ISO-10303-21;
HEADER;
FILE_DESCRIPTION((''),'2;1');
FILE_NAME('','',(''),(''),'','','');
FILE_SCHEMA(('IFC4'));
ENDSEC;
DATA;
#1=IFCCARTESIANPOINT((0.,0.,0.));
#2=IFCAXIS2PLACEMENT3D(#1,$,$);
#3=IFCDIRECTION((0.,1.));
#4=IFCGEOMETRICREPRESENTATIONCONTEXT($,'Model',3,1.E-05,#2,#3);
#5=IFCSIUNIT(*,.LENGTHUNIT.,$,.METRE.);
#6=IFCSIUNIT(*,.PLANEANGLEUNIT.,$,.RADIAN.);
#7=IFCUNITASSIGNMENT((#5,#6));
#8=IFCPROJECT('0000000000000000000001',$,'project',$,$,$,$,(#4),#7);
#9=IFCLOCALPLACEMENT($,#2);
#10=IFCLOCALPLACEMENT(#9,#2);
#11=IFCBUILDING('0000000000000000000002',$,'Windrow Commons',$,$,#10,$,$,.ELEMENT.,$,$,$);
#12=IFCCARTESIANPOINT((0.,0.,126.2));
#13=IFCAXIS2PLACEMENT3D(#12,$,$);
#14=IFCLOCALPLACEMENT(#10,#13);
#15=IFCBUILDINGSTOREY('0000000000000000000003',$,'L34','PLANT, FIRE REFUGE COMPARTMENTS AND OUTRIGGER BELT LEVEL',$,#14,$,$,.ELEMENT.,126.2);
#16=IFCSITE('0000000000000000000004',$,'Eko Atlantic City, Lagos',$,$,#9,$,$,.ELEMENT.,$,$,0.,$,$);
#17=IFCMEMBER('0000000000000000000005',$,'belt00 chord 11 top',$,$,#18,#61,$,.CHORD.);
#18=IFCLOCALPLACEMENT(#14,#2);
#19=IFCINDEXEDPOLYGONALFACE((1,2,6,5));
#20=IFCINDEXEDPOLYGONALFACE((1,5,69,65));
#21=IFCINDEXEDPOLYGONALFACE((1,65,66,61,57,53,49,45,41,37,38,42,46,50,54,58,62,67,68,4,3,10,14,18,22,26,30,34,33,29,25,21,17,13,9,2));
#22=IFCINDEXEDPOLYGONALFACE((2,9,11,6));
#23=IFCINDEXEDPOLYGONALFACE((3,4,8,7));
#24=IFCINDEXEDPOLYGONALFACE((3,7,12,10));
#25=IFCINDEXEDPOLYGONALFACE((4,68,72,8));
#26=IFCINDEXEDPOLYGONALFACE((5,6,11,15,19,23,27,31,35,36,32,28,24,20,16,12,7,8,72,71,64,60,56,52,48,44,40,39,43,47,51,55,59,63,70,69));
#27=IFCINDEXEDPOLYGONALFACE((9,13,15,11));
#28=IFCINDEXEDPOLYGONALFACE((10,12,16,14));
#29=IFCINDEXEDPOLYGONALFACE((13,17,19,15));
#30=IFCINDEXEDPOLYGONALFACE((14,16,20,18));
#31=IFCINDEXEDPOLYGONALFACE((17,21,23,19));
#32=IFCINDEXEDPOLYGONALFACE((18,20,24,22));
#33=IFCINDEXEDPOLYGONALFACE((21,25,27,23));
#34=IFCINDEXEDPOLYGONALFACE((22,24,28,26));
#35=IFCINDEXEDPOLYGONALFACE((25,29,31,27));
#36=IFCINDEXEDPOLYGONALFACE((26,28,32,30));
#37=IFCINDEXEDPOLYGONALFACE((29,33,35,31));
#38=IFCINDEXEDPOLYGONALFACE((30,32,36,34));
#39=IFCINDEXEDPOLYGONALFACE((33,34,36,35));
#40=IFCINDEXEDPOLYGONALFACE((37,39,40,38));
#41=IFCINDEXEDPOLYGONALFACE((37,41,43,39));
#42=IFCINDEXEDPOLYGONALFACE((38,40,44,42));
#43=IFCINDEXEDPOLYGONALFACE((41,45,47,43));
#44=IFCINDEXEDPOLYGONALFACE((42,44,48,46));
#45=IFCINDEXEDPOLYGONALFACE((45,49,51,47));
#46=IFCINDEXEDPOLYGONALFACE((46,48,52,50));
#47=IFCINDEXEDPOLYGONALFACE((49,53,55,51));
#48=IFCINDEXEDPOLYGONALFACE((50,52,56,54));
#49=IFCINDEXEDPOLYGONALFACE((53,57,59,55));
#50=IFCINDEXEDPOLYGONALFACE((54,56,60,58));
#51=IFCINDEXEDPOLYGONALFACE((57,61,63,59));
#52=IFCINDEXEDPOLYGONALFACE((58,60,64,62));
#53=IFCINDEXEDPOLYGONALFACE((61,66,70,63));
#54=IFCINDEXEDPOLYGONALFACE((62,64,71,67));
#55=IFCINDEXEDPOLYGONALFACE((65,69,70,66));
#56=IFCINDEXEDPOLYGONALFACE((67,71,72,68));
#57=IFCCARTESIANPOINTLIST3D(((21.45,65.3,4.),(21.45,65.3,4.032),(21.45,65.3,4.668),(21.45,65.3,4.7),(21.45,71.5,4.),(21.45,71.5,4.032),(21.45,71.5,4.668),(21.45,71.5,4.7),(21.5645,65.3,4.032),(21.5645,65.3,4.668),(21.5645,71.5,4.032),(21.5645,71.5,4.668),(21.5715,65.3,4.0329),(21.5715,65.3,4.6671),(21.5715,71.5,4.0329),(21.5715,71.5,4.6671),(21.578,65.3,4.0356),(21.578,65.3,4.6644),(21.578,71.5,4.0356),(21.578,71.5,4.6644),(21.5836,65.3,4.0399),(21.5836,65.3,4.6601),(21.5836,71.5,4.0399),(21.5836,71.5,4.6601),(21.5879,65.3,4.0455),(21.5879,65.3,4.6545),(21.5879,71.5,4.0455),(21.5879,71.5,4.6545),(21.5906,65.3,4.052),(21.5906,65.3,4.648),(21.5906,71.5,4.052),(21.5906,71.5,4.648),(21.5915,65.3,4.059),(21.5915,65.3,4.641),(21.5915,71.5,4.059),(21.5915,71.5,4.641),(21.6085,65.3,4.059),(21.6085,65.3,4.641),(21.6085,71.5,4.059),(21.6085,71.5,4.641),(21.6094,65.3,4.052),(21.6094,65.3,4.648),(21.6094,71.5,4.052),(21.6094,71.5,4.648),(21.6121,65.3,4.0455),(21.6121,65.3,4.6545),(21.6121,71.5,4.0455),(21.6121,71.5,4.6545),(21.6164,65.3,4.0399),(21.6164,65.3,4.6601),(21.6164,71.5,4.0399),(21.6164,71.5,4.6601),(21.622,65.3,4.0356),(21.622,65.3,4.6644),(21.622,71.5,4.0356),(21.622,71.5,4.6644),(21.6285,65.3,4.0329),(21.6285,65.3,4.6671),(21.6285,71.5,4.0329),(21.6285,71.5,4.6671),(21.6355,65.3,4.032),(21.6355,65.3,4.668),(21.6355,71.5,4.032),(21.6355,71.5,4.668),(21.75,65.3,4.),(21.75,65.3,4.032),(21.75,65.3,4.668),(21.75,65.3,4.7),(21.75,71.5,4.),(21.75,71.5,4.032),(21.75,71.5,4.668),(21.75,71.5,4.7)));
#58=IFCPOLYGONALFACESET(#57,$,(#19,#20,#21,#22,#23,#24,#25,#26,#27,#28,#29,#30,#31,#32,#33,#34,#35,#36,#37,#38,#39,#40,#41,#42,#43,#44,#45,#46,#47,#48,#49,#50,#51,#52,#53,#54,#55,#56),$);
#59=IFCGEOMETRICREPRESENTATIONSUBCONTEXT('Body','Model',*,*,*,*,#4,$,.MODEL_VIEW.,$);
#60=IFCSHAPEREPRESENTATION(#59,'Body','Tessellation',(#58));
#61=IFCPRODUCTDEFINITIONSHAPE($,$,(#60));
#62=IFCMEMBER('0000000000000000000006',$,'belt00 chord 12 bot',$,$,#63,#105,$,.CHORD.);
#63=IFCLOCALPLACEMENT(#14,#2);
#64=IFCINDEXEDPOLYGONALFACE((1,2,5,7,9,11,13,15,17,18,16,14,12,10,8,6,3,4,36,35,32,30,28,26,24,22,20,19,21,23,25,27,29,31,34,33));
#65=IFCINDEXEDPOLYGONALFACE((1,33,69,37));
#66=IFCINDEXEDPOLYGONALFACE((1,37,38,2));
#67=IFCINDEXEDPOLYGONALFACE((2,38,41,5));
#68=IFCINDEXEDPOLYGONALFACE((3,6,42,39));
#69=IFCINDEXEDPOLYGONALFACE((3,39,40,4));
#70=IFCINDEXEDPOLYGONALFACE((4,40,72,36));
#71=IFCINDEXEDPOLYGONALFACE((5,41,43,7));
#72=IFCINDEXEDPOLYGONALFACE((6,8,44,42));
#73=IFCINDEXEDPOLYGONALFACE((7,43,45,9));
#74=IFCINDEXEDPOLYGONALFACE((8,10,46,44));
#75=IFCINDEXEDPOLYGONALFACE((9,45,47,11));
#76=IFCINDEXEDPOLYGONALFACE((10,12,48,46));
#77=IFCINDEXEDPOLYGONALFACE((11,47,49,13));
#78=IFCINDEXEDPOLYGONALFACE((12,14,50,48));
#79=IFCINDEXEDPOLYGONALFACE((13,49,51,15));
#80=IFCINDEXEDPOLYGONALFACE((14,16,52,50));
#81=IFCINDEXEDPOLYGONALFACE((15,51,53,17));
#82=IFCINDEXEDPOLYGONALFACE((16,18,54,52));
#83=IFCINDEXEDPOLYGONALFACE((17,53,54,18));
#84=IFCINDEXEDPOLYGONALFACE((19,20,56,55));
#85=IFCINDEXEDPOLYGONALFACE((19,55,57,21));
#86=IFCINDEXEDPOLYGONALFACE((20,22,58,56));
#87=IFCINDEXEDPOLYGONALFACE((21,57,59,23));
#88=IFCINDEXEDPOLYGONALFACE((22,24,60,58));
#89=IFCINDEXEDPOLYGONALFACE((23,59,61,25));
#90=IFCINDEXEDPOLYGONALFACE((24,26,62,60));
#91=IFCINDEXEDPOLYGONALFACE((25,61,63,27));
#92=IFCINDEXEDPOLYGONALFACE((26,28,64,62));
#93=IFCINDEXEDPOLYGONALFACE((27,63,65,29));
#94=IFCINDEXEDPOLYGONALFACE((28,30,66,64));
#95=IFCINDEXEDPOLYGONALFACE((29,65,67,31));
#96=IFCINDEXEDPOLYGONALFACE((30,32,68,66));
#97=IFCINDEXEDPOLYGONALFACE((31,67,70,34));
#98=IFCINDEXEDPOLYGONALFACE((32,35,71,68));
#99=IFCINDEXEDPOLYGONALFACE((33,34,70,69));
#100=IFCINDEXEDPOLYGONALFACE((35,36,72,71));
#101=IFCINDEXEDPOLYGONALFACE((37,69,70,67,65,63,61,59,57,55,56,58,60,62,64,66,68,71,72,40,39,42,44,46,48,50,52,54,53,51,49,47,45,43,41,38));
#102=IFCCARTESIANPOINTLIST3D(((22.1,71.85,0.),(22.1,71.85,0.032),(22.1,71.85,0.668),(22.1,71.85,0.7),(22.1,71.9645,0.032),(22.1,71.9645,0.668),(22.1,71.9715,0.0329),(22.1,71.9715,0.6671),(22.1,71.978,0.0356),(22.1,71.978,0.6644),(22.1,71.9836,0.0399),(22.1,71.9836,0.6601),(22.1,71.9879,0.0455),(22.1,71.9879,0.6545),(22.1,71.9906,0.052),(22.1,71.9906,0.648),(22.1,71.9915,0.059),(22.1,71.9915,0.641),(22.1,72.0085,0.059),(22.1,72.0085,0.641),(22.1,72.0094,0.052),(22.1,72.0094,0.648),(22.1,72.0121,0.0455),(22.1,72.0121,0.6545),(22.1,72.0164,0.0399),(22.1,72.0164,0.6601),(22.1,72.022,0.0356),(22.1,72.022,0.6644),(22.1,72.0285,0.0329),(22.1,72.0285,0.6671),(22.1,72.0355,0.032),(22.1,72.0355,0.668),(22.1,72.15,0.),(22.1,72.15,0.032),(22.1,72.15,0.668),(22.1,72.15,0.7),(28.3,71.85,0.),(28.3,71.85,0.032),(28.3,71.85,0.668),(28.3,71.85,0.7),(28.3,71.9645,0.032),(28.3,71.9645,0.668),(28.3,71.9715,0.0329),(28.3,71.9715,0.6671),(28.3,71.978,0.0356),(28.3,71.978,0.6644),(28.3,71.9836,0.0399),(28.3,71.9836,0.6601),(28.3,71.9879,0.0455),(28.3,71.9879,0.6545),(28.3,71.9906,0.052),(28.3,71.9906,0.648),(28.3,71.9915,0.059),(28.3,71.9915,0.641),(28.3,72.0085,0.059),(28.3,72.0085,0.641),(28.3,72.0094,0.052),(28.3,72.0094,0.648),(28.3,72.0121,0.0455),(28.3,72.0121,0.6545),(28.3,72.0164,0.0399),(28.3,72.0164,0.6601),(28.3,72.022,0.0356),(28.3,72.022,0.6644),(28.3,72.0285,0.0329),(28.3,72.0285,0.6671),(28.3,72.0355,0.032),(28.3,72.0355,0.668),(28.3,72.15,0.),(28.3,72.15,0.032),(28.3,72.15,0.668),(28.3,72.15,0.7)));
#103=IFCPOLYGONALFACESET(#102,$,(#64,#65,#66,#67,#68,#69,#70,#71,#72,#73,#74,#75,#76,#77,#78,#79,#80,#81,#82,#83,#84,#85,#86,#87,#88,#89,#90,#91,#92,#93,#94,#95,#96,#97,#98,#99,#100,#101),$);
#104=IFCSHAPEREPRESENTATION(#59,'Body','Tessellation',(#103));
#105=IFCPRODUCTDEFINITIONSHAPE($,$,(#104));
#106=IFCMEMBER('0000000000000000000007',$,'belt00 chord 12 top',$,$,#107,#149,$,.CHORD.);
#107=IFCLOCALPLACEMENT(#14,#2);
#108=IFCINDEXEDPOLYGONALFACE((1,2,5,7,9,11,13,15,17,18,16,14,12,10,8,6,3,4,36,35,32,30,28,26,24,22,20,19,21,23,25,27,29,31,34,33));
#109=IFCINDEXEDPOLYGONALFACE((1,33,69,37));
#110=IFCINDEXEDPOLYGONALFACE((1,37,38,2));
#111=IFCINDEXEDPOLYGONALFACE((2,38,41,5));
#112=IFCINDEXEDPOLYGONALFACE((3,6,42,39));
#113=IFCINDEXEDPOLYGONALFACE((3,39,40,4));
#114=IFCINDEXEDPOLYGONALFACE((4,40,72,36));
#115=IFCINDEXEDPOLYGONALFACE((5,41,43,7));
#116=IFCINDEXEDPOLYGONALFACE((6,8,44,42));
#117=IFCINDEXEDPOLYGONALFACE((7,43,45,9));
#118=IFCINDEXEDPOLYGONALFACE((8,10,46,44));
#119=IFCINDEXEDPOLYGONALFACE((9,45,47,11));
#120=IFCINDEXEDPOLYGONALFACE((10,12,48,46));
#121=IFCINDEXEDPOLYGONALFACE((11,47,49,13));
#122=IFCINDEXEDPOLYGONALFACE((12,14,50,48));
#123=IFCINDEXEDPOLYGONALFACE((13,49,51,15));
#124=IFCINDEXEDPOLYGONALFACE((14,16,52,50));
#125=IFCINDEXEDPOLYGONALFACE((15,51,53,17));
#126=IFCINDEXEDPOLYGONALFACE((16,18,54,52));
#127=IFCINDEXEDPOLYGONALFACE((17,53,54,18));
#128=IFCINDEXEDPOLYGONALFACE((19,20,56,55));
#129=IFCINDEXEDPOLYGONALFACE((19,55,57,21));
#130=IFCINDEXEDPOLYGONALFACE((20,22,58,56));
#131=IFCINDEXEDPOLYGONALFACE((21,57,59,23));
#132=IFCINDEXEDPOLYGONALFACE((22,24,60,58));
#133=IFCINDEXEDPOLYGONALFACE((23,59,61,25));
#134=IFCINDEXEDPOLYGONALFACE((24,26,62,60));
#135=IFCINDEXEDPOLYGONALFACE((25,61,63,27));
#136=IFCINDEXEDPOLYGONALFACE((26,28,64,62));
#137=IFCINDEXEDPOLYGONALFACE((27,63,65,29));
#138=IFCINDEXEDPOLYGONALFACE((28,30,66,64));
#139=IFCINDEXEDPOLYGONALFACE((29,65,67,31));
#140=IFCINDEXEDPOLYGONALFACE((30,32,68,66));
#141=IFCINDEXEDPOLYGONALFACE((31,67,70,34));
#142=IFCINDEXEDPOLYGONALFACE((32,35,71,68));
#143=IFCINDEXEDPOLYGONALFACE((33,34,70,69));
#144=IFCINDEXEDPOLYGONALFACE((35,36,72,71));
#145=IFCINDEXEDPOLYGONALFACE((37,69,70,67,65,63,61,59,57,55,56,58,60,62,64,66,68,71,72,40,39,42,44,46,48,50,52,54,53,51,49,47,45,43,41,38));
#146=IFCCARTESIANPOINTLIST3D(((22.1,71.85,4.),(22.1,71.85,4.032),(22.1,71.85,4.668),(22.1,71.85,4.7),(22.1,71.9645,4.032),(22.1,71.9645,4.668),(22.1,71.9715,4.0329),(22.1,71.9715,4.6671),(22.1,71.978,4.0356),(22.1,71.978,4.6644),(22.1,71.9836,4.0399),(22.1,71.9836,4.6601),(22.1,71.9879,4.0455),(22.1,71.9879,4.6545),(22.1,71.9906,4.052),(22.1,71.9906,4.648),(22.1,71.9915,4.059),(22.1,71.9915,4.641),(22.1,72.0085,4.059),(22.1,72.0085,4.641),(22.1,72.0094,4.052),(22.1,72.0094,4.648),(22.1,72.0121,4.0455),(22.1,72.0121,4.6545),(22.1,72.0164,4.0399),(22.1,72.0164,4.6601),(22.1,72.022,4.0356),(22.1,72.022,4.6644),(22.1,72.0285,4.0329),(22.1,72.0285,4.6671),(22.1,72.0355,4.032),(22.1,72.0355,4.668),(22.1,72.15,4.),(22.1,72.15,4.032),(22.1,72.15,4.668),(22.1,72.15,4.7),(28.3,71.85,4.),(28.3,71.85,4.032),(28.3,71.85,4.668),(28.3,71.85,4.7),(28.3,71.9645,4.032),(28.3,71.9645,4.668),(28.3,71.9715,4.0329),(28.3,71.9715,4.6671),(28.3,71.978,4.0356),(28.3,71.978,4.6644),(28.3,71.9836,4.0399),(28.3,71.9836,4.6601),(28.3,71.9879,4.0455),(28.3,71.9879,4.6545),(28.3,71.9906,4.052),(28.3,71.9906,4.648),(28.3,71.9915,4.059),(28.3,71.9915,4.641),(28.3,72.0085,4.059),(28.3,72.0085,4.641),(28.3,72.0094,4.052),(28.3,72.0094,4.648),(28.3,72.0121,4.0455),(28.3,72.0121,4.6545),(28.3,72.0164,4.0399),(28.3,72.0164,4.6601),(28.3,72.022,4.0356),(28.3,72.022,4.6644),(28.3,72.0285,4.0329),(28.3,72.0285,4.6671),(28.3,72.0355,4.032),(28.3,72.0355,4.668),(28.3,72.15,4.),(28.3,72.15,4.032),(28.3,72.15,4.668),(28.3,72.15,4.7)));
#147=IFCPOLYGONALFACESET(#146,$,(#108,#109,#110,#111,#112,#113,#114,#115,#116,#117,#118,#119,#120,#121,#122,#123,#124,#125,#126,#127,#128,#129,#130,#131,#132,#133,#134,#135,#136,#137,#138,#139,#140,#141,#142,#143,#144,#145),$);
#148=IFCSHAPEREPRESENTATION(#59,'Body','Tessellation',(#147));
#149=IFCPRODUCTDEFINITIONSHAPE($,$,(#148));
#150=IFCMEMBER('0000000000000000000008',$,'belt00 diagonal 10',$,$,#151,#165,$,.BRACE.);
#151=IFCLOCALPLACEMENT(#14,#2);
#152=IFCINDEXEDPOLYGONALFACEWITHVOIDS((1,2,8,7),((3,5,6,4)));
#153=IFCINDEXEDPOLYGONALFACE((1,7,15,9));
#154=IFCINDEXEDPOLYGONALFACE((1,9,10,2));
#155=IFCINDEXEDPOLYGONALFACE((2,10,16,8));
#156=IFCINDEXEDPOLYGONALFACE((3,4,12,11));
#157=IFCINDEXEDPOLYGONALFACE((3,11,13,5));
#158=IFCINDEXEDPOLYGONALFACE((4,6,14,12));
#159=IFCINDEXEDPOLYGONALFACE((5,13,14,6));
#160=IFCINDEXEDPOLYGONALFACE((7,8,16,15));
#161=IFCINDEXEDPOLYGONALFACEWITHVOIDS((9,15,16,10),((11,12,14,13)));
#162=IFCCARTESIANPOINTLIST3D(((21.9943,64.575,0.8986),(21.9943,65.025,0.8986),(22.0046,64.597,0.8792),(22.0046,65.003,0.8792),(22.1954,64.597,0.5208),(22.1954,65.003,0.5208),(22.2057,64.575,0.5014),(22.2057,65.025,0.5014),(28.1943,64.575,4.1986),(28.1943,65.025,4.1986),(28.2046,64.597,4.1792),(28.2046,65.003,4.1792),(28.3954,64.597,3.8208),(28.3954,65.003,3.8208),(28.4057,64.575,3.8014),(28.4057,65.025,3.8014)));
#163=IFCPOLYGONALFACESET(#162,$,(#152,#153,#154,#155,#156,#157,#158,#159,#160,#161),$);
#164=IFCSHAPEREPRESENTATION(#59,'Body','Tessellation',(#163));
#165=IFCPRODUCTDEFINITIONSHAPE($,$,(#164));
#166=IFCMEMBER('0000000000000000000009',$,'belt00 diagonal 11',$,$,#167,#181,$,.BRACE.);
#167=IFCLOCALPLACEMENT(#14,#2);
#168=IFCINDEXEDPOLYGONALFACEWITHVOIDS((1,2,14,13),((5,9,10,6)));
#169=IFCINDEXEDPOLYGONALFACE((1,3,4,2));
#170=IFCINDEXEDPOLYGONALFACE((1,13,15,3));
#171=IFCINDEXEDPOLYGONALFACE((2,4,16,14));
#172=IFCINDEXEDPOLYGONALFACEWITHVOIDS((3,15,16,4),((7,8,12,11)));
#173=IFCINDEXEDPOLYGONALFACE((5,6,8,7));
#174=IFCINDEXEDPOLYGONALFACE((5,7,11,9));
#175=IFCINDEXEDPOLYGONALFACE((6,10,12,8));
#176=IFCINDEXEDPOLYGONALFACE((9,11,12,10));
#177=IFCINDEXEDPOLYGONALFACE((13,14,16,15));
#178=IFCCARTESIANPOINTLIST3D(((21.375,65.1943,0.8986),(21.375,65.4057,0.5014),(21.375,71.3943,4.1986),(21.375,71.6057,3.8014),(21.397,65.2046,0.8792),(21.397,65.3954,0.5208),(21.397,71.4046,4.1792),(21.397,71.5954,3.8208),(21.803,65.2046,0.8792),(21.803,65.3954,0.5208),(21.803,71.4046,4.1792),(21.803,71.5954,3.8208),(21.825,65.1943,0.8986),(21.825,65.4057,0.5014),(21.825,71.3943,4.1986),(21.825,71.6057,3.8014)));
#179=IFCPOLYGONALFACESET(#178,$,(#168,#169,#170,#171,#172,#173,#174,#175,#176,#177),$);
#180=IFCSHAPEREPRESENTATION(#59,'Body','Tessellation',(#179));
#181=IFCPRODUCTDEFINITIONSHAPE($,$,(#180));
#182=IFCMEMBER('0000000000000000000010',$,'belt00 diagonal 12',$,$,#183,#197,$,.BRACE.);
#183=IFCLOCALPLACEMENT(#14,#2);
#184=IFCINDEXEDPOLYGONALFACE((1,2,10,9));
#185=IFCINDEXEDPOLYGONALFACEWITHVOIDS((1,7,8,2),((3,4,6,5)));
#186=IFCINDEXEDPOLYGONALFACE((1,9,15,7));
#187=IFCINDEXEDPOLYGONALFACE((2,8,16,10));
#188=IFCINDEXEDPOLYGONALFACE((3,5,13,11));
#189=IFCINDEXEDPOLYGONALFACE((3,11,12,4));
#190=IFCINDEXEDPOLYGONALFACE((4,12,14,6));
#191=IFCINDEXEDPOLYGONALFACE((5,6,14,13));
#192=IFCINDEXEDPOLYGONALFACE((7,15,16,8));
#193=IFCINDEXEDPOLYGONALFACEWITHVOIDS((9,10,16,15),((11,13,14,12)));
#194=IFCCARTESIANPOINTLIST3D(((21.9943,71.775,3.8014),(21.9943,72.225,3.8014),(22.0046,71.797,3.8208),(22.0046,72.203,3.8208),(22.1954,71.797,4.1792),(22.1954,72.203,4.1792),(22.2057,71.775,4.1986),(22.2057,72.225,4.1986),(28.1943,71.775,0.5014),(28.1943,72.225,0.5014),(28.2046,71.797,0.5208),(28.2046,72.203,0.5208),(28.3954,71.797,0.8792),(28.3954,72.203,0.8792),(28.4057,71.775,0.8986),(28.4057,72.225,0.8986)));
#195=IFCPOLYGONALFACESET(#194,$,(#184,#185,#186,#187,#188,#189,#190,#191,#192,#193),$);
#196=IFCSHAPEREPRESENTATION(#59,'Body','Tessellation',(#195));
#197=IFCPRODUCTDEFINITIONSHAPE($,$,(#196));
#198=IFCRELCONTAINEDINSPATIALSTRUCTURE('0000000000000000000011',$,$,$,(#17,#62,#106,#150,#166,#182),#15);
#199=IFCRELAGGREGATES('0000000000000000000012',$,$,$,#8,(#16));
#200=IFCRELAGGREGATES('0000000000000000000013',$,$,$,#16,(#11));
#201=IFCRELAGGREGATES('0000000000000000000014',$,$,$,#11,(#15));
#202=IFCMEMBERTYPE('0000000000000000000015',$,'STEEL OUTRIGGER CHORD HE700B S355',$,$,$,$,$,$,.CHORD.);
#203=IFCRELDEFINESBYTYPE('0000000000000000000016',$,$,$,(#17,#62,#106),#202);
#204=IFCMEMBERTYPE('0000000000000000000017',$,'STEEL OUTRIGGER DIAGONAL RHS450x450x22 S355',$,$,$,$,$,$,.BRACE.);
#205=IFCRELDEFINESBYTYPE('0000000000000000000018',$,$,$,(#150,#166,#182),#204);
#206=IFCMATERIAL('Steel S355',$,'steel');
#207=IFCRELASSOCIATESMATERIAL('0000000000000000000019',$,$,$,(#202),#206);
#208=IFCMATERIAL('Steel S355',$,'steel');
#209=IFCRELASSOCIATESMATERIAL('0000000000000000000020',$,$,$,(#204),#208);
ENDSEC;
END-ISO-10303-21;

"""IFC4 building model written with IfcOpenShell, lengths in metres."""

from ifc_helpers import new_model, si_unit, direction, frame, origin, origin_2d, place, context, subcontext, project, spatial, hollow_rectangle, i_section, extrude, material, material_profile, profile_set, type_object, element, save


model = new_model("IFC4")

# Units and contexts
model_context = context("Model", 3, precision=1e-05, world=origin(), true_north=direction((0.0, 1.0)))
body_context = subcontext(model_context, "Body", "Model", "MODEL_VIEW")
ifc_project = project(units=[si_unit("LENGTHUNIT", "METRE"), si_unit("PLANEANGLEUNIT", "RADIAN")], contexts=[model_context])

# Site, building, storey
site_placement = place(None, origin())
site = spatial("IfcSite", under=ifc_project, at=site_placement, Name="Eko Atlantic City, Lagos", CompositionType="ELEMENT", RefElevation=0.0)
building_placement = place(site_placement, origin())
building = spatial("IfcBuilding", under=site, at=building_placement, Name="Windrow Commons", CompositionType="ELEMENT")
storey_placement = place(building_placement, frame((0.0, 0.0, 126.2)))
storey = spatial("IfcBuildingStorey", under=building, at=storey_placement, Name="L34", Description="PLANT, FIRE REFUGE COMPARTMENTS AND OUTRIGGER BELT LEVEL", CompositionType="ELEMENT", Elevation=126.2)

# Members
ifc_material_1 = material(Name="Steel S355", Category="steel")
ifc_material_profile_1 = material_profile(ifc_material_1, i_section(OverallWidth=0.3, OverallDepth=0.7, WebThickness=0.017, FlangeThickness=0.032, FilletRadius=0.027, at=origin_2d()))
ifc_profile_set_1 = profile_set([ifc_material_profile_1], Name="Steel S355")
member_type_1 = type_object("IfcMemberType", Name="STEEL OUTRIGGER CHORD HE700B S355", PredefinedType="CHORD", material=ifc_profile_set_1)
for number, where, z_axis, x_axis, name in (
    (1, (21.6, 65.3, 4.35), (0.0, 1.0, 0.0), (-1.0, 0.0, 0.0), "belt00 chord 11 top"),
    (2, (22.1, 72.0, 0.35), (1.0, 0.0, 0.0), (0.0, 1.0, 0.0), "belt00 chord 12 bot"),
    (3, (22.1, 72.0, 4.35), (1.0, 0.0, 0.0), (0.0, 1.0, 0.0), "belt00 chord 12 top"),
):
    element("IfcMember", number, at=place(storey_placement, frame(where, z_axis=z_axis, x_axis=x_axis)), inside=storey, type_object=member_type_1, Name=name, PredefinedType="CHORD", context=body_context, shape_type="SweptSolid", body=[
        extrude(i_section(OverallWidth=0.3, OverallDepth=0.7, WebThickness=0.017, FlangeThickness=0.032, FilletRadius=0.027, at=origin_2d()), origin(), (0.0, 0.0, 1.0), 6.2),
    ])
ifc_material_2 = material(Name="Steel S355", Category="steel")
ifc_material_profile_2 = material_profile(ifc_material_2, hollow_rectangle(XDim=0.45, YDim=0.45, WallThickness=0.022, at=origin_2d()))
ifc_profile_set_2 = profile_set([ifc_material_profile_2], Name="Steel S355")
member_type_2 = type_object("IfcMemberType", Name="STEEL OUTRIGGER DIAGONAL RHS450x450x22 S355", PredefinedType="BRACE", material=ifc_profile_set_2)
for number, where, z_axis, x_axis, name in (
    (4, (28.3, 64.8, 4.0), (-0.882747, 0.0, -0.469849), (0.0, -1.0, 0.0), "belt00 diagonal 10"),
    (5, (21.6, 65.3, 0.7), (0.0, 0.882747, 0.469849), (-1.0, 0.0, 0.0), "belt00 diagonal 11"),
    (6, (22.1, 72.0, 4.0), (0.882747, 0.0, -0.469849), (0.0, 1.0, 0.0), "belt00 diagonal 12"),
):
    element("IfcMember", number, at=place(storey_placement, frame(where, z_axis=z_axis, x_axis=x_axis)), inside=storey, type_object=member_type_2, Name=name, PredefinedType="BRACE", context=body_context, shape_type="SweptSolid", body=[
        extrude(hollow_rectangle(XDim=0.45, YDim=0.45, WallThickness=0.022, at=origin_2d()), origin(), (0.0, 0.0, 1.0), 7.0235),
    ])

save(model, "model.ifc")
